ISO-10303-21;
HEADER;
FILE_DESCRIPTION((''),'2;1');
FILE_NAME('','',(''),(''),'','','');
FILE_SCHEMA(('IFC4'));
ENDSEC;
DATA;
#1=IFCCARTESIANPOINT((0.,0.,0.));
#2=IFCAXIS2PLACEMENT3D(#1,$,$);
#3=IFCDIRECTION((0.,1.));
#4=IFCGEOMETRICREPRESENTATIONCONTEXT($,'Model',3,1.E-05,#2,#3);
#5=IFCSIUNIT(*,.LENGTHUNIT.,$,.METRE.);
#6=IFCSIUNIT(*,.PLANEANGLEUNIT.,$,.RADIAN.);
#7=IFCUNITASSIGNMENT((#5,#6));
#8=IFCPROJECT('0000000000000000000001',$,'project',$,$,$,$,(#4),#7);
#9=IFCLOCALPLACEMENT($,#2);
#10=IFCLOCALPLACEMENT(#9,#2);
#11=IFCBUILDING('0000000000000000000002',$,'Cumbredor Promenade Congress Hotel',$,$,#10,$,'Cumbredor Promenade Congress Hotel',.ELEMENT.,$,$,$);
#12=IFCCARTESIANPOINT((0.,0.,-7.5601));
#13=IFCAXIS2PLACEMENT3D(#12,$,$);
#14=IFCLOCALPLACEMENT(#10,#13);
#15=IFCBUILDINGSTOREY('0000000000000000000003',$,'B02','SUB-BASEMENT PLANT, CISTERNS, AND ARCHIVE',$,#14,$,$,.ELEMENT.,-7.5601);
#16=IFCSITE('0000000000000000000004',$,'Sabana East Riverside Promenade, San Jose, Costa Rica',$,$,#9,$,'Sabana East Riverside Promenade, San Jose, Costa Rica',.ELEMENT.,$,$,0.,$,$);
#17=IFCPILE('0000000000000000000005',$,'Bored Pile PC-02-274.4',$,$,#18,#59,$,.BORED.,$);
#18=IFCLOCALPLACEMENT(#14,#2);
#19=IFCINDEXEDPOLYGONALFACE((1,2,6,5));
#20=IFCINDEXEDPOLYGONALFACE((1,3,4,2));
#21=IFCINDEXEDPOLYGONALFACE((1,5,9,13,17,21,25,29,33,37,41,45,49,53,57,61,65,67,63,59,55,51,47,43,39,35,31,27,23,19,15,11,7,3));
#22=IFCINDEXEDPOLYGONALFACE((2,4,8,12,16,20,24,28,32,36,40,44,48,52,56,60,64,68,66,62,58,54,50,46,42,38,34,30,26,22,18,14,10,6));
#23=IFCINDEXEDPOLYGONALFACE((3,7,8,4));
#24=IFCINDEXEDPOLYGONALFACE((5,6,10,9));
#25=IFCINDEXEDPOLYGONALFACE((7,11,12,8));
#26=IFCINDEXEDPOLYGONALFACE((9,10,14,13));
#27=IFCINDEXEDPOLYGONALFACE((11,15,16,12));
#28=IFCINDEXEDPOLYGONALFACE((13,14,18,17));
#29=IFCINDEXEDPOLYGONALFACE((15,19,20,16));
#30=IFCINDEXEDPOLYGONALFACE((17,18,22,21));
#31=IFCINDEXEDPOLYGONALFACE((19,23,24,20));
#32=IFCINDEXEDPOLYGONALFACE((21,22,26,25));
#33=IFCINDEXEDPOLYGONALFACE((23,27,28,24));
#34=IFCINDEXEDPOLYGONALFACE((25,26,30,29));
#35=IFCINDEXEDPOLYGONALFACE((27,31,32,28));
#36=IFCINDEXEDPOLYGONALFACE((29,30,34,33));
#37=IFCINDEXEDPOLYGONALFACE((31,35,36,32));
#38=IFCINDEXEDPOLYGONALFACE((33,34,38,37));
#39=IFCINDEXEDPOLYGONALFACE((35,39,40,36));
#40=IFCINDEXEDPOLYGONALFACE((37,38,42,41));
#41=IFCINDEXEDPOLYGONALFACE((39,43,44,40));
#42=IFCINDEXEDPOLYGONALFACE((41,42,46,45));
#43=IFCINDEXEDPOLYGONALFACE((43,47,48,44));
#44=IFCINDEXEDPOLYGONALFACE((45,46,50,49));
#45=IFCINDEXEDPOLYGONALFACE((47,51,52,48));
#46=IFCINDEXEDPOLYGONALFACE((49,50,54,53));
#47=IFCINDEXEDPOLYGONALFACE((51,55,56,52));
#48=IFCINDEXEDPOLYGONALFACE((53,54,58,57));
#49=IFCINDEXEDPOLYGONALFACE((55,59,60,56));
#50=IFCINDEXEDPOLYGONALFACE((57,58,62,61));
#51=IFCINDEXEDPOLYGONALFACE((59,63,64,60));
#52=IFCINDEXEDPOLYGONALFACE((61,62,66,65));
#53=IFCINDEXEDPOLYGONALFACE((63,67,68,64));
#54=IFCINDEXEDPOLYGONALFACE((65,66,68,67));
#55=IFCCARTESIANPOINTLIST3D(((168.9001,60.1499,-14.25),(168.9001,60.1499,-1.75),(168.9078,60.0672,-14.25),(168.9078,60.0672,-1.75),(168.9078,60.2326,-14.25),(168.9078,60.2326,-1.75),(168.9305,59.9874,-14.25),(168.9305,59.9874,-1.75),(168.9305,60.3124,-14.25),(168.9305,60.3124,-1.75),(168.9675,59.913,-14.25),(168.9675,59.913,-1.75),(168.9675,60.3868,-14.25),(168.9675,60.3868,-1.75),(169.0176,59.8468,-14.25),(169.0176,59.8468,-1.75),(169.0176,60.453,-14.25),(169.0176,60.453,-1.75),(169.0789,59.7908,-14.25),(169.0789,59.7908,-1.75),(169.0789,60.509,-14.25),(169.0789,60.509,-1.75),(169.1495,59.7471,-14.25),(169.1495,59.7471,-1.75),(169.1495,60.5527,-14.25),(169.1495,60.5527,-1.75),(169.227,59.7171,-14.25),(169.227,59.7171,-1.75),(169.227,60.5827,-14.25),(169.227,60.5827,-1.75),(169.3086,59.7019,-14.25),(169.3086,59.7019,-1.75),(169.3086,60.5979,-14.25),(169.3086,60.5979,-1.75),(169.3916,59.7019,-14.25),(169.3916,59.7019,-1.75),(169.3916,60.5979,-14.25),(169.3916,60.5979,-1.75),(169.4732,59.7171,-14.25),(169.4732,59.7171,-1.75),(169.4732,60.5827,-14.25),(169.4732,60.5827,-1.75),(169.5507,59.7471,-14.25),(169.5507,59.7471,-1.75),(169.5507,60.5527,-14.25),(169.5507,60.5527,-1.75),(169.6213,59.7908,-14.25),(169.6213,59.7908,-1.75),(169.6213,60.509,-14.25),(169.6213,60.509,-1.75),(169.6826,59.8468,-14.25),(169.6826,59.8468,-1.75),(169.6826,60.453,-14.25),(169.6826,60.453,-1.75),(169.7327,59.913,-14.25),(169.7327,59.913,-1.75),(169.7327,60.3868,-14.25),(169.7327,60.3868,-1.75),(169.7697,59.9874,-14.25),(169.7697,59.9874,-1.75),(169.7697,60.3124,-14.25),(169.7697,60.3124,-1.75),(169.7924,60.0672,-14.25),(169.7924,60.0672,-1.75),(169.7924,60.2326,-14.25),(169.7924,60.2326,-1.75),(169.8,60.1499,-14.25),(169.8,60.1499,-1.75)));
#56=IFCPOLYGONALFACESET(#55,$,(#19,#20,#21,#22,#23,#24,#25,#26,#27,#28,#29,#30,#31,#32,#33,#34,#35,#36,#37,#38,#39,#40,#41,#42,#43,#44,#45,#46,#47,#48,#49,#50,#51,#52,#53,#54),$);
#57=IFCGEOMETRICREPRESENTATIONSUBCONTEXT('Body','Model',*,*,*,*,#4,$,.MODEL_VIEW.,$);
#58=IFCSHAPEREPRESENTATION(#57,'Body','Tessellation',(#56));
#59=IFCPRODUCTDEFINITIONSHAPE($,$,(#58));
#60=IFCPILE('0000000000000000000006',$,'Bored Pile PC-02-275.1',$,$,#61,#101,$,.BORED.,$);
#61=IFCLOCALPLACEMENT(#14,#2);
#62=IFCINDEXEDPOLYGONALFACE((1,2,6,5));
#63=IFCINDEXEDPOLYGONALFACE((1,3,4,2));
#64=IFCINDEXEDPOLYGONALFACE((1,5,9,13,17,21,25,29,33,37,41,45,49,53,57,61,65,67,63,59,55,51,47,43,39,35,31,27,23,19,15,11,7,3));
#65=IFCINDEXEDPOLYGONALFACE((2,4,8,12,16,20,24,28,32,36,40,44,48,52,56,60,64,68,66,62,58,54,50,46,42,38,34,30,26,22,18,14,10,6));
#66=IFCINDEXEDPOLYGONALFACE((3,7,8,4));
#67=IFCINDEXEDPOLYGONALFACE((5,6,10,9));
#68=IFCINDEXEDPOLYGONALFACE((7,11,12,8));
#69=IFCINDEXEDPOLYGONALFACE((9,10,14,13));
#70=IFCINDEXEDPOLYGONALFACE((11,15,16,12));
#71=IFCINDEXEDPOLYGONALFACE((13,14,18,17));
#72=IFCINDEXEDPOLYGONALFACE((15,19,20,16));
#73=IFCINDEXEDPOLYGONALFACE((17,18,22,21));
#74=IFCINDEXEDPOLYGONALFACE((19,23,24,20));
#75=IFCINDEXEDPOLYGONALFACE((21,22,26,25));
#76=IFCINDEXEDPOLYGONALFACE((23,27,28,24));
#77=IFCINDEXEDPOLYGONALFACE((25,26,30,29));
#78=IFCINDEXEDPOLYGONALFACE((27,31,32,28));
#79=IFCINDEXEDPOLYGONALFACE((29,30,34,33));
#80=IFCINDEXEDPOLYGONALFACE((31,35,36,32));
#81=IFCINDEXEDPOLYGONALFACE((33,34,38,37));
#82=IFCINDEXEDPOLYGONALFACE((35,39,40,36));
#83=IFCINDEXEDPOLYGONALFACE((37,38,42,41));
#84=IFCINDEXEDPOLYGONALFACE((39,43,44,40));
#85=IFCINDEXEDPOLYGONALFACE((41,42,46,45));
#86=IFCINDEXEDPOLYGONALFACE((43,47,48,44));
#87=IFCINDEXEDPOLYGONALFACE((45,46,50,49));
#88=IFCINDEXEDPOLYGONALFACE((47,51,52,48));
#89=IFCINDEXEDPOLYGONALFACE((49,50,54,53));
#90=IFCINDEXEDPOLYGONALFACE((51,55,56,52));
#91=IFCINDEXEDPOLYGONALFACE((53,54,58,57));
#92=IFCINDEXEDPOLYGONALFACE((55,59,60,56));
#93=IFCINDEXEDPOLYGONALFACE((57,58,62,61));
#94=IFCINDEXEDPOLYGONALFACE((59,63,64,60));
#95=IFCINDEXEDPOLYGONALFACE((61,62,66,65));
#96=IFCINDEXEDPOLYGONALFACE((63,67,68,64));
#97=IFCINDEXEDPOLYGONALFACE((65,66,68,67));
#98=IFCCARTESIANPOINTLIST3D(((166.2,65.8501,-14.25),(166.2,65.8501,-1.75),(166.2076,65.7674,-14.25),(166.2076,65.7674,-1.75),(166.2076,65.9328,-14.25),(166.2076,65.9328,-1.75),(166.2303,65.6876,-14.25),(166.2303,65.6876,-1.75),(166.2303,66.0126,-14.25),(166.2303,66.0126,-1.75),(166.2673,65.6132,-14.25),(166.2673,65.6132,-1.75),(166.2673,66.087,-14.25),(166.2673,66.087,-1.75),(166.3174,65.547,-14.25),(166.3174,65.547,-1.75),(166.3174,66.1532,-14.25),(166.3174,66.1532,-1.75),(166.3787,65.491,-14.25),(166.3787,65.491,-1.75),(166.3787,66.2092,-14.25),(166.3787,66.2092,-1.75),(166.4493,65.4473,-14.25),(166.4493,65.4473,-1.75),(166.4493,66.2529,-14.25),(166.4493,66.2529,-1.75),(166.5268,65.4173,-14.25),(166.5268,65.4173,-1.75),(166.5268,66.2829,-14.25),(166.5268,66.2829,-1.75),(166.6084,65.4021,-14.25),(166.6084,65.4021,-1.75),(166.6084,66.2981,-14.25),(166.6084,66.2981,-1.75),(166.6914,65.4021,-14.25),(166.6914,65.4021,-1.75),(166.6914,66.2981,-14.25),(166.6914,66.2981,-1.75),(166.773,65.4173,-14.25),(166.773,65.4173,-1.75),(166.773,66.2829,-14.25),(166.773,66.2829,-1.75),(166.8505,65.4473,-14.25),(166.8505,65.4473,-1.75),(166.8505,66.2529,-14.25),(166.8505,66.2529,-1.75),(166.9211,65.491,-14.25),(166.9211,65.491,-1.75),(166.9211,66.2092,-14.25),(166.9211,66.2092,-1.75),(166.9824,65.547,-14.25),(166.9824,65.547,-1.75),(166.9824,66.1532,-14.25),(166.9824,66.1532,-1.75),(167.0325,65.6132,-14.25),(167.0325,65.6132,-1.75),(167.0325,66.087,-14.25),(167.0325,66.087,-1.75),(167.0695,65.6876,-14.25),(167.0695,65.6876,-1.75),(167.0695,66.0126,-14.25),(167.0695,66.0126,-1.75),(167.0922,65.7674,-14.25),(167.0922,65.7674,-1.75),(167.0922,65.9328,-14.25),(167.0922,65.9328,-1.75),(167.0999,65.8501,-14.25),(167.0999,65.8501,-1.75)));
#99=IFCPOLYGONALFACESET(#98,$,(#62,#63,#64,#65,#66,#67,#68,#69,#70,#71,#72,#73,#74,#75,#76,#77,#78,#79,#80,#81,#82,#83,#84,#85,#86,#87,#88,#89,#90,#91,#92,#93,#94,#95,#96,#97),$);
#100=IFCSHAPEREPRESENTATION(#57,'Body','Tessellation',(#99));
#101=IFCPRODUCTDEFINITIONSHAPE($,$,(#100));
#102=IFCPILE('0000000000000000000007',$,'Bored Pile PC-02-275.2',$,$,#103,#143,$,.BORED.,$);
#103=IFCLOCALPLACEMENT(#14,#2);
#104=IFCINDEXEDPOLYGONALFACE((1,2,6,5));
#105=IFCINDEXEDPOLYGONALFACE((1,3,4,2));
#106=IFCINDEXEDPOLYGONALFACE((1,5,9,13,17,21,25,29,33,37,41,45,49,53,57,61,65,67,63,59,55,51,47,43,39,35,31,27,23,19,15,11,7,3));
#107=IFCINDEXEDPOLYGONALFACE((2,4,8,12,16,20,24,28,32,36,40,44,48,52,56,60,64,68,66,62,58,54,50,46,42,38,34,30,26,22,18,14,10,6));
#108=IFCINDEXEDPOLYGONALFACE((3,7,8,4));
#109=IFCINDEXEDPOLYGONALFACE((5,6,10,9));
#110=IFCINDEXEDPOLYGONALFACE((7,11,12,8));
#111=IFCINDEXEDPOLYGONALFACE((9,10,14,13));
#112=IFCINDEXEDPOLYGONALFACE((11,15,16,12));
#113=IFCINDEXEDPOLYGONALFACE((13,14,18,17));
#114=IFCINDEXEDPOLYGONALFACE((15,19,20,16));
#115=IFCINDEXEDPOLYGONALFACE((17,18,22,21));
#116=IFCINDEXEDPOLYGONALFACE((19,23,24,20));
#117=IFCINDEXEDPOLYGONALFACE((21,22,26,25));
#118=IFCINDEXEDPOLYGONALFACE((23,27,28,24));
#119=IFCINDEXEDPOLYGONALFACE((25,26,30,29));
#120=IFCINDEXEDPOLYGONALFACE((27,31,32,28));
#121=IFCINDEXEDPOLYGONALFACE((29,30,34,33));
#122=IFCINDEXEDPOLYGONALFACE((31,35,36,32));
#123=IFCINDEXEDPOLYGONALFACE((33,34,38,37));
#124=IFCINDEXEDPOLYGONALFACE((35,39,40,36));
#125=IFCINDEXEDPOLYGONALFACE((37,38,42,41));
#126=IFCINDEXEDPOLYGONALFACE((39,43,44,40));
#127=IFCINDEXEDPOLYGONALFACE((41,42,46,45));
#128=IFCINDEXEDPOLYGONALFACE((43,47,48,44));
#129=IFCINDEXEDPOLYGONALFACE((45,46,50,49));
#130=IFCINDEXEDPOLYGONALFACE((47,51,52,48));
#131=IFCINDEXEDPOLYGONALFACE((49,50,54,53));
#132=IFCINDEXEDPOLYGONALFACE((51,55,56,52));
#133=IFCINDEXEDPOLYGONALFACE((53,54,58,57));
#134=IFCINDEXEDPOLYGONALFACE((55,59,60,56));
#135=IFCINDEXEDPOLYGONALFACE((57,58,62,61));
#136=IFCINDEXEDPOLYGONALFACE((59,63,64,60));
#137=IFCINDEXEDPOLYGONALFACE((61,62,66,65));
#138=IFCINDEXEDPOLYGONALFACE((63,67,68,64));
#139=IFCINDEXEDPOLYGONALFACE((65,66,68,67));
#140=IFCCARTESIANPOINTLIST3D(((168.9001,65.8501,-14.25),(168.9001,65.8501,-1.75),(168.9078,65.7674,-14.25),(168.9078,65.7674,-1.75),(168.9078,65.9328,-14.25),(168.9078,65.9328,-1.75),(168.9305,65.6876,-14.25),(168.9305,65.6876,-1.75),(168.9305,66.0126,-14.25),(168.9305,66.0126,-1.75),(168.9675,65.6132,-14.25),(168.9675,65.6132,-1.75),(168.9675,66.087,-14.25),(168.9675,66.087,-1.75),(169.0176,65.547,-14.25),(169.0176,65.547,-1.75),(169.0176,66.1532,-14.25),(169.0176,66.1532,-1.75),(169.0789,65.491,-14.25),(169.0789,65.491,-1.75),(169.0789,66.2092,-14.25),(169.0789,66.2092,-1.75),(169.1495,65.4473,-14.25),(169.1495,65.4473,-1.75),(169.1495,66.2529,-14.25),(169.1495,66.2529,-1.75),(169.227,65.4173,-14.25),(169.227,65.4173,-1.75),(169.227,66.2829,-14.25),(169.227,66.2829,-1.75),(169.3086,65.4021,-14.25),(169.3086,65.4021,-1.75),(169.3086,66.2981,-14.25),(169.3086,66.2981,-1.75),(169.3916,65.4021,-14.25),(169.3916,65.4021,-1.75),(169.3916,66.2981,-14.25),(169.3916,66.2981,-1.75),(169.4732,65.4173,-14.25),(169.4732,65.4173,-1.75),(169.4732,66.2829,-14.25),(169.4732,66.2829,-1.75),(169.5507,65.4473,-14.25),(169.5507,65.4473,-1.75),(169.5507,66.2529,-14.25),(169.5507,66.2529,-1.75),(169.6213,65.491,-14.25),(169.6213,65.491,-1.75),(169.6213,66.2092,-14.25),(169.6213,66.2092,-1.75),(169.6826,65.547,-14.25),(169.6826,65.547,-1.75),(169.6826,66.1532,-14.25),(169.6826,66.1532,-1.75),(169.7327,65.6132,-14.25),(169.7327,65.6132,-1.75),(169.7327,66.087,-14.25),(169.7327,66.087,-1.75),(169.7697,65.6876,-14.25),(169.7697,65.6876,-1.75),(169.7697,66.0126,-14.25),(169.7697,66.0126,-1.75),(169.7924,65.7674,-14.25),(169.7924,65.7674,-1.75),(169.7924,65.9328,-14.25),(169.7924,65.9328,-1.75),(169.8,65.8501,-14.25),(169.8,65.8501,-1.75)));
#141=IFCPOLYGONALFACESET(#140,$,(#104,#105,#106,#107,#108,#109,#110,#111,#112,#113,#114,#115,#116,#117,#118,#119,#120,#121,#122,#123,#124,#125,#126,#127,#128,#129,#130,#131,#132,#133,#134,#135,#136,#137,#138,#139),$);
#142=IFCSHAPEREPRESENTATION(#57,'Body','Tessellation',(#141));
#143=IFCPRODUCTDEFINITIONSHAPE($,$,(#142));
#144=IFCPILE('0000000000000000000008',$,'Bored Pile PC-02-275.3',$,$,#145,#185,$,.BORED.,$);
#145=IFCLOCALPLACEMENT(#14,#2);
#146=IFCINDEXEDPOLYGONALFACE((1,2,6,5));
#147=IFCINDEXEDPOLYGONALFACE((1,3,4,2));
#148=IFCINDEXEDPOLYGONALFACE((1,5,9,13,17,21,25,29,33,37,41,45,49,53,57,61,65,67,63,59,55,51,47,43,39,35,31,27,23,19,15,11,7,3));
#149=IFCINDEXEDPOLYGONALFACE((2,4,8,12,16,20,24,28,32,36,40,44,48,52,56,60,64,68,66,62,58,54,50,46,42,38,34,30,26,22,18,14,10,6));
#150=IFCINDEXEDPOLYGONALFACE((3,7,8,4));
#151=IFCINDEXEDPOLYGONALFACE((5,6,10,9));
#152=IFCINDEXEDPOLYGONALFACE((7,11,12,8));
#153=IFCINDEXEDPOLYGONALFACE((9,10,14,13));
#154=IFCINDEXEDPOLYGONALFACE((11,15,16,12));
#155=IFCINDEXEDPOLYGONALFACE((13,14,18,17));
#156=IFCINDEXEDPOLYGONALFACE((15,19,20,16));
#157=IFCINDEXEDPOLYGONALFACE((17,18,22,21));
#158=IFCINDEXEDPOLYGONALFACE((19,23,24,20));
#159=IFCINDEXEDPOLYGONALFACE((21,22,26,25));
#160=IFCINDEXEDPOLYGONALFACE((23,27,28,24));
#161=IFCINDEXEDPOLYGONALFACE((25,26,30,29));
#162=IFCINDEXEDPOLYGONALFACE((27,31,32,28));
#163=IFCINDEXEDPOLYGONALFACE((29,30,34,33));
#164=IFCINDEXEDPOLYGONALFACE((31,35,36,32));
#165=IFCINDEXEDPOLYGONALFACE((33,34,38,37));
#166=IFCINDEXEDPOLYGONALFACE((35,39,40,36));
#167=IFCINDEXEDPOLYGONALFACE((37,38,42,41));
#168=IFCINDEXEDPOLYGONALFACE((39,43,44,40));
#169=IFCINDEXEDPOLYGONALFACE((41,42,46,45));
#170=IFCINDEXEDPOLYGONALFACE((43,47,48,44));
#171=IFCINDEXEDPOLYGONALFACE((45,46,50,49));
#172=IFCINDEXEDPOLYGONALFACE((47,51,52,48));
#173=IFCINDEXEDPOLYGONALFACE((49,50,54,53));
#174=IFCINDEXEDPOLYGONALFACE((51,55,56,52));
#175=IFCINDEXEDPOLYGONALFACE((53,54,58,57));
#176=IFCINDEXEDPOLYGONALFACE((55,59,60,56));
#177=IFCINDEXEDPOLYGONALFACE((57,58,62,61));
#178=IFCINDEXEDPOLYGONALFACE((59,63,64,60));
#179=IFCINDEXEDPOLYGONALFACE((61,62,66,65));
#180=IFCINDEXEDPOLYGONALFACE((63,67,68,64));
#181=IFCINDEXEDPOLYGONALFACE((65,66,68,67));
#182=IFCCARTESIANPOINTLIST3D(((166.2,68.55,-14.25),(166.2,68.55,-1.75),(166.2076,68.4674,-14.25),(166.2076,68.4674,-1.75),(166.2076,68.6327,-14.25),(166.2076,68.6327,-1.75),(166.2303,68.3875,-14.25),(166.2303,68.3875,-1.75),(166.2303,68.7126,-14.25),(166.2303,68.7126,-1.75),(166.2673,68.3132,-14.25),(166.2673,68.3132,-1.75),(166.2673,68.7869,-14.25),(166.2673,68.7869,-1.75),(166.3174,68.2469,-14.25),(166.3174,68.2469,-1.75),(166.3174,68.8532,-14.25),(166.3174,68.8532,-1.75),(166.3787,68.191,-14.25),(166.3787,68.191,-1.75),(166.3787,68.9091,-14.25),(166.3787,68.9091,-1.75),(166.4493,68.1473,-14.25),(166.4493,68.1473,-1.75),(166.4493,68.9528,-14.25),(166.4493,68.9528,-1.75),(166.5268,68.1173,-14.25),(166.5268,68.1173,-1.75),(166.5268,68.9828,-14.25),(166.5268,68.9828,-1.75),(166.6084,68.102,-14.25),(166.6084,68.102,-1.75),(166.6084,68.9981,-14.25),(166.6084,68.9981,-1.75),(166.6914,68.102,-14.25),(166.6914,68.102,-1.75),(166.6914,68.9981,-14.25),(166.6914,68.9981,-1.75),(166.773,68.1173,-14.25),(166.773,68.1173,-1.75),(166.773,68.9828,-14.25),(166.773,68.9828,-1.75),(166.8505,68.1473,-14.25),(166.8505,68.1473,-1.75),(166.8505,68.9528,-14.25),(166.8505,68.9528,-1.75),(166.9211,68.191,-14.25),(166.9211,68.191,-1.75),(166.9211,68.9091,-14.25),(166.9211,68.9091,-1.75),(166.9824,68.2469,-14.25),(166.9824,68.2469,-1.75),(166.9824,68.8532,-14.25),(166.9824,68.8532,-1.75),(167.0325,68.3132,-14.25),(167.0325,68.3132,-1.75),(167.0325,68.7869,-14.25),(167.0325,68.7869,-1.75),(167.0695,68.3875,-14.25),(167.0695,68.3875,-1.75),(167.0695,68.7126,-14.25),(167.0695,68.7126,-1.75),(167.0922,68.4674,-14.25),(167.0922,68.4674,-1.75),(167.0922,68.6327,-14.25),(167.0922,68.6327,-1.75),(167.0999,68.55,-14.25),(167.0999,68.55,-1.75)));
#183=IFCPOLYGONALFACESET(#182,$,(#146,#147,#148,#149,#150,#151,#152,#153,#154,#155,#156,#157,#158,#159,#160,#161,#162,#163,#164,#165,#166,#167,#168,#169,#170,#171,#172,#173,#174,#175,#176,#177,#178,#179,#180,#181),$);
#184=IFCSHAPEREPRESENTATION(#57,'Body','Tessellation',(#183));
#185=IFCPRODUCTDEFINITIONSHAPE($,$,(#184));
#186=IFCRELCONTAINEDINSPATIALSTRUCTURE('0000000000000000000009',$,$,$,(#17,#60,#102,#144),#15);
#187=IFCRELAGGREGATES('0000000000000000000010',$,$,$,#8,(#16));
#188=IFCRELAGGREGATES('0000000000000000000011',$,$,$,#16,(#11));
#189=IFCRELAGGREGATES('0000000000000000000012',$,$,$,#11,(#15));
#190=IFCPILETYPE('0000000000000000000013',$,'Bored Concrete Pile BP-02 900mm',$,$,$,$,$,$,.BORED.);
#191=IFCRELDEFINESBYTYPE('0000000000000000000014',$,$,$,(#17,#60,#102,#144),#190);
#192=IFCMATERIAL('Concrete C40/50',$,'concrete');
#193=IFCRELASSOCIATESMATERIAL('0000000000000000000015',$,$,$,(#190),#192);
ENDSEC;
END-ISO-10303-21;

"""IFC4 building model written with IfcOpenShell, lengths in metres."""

from ifc_helpers import new_model, si_unit, direction, frame, origin, origin_2d, place, context, subcontext, project, spatial, circle, extrude, material, material_profile, profile_set, type_object, element, save


model = new_model("IFC4")

# Units and contexts
model_context = context("Model", 3, precision=1e-05, world=origin(), true_north=direction((0.0, 1.0)))
body_context = subcontext(model_context, "Body", "Model", "MODEL_VIEW")
ifc_project = project(units=[si_unit("LENGTHUNIT", "METRE"), si_unit("PLANEANGLEUNIT", "RADIAN")], contexts=[model_context])

# Site, building, storey
site_placement = place(None, origin())
site = spatial("IfcSite", under=ifc_project, at=site_placement, Name="Sabana East Riverside Promenade, San Jose, Costa Rica", LongName="Sabana East Riverside Promenade, San Jose, Costa Rica", CompositionType="ELEMENT", RefElevation=0.0)
building_placement = place(site_placement, origin())
building = spatial("IfcBuilding", under=site, at=building_placement, Name="Cumbredor Promenade Congress Hotel", LongName="Cumbredor Promenade Congress Hotel", CompositionType="ELEMENT")
storey_placement = place(building_placement, frame((0.0, 0.0, -7.5601)))
storey = spatial("IfcBuildingStorey", under=building, at=storey_placement, Name="B02", Description="SUB-BASEMENT PLANT, CISTERNS, AND ARCHIVE", CompositionType="ELEMENT", Elevation=-7.5601)

# Piles
ifc_material_1 = material(Name="Concrete C40/50", Category="concrete")
ifc_material_profile_1 = material_profile(ifc_material_1, circle(Radius=0.45, at=origin_2d()), Name="PILE D900")
ifc_profile_set_1 = profile_set([ifc_material_profile_1], Name="Concrete C40/50")
pile_type = type_object("IfcPileType", Name="Bored Concrete Pile BP-02 900mm", PredefinedType="BORED", material=ifc_profile_set_1)
for number, where, z_axis, x_axis, name in (
    (1, (169.3501, 60.1499, -1.75), (0.0, 0.0, -1.0), (1.0, 0.0, 0.0), "Bored Pile PC-02-274.4"),
    (2, (166.6499, 65.8501, -1.75), (0.0, 0.0, -1.0), (1.0, 0.0, 0.0), "Bored Pile PC-02-275.1"),
    (3, (169.3501, 65.8501, -1.75), (0.0, 0.0, -1.0), (1.0, 0.0, 0.0), "Bored Pile PC-02-275.2"),
    (4, (166.6499, 68.55, -1.75), (0.0, 0.0, -1.0), (1.0, 0.0, 0.0), "Bored Pile PC-02-275.3"),
):
    element("IfcPile", number, at=place(storey_placement, frame(where, z_axis=z_axis, x_axis=x_axis)), inside=storey, type_object=pile_type, Name=name, PredefinedType="BORED", context=body_context, shape_type="SweptSolid", body=[
        extrude(circle(Radius=0.45, at=origin_2d()), origin(), (0.0, 0.0, 1.0), 12.5),
    ])

save(model, "model.ifc")
